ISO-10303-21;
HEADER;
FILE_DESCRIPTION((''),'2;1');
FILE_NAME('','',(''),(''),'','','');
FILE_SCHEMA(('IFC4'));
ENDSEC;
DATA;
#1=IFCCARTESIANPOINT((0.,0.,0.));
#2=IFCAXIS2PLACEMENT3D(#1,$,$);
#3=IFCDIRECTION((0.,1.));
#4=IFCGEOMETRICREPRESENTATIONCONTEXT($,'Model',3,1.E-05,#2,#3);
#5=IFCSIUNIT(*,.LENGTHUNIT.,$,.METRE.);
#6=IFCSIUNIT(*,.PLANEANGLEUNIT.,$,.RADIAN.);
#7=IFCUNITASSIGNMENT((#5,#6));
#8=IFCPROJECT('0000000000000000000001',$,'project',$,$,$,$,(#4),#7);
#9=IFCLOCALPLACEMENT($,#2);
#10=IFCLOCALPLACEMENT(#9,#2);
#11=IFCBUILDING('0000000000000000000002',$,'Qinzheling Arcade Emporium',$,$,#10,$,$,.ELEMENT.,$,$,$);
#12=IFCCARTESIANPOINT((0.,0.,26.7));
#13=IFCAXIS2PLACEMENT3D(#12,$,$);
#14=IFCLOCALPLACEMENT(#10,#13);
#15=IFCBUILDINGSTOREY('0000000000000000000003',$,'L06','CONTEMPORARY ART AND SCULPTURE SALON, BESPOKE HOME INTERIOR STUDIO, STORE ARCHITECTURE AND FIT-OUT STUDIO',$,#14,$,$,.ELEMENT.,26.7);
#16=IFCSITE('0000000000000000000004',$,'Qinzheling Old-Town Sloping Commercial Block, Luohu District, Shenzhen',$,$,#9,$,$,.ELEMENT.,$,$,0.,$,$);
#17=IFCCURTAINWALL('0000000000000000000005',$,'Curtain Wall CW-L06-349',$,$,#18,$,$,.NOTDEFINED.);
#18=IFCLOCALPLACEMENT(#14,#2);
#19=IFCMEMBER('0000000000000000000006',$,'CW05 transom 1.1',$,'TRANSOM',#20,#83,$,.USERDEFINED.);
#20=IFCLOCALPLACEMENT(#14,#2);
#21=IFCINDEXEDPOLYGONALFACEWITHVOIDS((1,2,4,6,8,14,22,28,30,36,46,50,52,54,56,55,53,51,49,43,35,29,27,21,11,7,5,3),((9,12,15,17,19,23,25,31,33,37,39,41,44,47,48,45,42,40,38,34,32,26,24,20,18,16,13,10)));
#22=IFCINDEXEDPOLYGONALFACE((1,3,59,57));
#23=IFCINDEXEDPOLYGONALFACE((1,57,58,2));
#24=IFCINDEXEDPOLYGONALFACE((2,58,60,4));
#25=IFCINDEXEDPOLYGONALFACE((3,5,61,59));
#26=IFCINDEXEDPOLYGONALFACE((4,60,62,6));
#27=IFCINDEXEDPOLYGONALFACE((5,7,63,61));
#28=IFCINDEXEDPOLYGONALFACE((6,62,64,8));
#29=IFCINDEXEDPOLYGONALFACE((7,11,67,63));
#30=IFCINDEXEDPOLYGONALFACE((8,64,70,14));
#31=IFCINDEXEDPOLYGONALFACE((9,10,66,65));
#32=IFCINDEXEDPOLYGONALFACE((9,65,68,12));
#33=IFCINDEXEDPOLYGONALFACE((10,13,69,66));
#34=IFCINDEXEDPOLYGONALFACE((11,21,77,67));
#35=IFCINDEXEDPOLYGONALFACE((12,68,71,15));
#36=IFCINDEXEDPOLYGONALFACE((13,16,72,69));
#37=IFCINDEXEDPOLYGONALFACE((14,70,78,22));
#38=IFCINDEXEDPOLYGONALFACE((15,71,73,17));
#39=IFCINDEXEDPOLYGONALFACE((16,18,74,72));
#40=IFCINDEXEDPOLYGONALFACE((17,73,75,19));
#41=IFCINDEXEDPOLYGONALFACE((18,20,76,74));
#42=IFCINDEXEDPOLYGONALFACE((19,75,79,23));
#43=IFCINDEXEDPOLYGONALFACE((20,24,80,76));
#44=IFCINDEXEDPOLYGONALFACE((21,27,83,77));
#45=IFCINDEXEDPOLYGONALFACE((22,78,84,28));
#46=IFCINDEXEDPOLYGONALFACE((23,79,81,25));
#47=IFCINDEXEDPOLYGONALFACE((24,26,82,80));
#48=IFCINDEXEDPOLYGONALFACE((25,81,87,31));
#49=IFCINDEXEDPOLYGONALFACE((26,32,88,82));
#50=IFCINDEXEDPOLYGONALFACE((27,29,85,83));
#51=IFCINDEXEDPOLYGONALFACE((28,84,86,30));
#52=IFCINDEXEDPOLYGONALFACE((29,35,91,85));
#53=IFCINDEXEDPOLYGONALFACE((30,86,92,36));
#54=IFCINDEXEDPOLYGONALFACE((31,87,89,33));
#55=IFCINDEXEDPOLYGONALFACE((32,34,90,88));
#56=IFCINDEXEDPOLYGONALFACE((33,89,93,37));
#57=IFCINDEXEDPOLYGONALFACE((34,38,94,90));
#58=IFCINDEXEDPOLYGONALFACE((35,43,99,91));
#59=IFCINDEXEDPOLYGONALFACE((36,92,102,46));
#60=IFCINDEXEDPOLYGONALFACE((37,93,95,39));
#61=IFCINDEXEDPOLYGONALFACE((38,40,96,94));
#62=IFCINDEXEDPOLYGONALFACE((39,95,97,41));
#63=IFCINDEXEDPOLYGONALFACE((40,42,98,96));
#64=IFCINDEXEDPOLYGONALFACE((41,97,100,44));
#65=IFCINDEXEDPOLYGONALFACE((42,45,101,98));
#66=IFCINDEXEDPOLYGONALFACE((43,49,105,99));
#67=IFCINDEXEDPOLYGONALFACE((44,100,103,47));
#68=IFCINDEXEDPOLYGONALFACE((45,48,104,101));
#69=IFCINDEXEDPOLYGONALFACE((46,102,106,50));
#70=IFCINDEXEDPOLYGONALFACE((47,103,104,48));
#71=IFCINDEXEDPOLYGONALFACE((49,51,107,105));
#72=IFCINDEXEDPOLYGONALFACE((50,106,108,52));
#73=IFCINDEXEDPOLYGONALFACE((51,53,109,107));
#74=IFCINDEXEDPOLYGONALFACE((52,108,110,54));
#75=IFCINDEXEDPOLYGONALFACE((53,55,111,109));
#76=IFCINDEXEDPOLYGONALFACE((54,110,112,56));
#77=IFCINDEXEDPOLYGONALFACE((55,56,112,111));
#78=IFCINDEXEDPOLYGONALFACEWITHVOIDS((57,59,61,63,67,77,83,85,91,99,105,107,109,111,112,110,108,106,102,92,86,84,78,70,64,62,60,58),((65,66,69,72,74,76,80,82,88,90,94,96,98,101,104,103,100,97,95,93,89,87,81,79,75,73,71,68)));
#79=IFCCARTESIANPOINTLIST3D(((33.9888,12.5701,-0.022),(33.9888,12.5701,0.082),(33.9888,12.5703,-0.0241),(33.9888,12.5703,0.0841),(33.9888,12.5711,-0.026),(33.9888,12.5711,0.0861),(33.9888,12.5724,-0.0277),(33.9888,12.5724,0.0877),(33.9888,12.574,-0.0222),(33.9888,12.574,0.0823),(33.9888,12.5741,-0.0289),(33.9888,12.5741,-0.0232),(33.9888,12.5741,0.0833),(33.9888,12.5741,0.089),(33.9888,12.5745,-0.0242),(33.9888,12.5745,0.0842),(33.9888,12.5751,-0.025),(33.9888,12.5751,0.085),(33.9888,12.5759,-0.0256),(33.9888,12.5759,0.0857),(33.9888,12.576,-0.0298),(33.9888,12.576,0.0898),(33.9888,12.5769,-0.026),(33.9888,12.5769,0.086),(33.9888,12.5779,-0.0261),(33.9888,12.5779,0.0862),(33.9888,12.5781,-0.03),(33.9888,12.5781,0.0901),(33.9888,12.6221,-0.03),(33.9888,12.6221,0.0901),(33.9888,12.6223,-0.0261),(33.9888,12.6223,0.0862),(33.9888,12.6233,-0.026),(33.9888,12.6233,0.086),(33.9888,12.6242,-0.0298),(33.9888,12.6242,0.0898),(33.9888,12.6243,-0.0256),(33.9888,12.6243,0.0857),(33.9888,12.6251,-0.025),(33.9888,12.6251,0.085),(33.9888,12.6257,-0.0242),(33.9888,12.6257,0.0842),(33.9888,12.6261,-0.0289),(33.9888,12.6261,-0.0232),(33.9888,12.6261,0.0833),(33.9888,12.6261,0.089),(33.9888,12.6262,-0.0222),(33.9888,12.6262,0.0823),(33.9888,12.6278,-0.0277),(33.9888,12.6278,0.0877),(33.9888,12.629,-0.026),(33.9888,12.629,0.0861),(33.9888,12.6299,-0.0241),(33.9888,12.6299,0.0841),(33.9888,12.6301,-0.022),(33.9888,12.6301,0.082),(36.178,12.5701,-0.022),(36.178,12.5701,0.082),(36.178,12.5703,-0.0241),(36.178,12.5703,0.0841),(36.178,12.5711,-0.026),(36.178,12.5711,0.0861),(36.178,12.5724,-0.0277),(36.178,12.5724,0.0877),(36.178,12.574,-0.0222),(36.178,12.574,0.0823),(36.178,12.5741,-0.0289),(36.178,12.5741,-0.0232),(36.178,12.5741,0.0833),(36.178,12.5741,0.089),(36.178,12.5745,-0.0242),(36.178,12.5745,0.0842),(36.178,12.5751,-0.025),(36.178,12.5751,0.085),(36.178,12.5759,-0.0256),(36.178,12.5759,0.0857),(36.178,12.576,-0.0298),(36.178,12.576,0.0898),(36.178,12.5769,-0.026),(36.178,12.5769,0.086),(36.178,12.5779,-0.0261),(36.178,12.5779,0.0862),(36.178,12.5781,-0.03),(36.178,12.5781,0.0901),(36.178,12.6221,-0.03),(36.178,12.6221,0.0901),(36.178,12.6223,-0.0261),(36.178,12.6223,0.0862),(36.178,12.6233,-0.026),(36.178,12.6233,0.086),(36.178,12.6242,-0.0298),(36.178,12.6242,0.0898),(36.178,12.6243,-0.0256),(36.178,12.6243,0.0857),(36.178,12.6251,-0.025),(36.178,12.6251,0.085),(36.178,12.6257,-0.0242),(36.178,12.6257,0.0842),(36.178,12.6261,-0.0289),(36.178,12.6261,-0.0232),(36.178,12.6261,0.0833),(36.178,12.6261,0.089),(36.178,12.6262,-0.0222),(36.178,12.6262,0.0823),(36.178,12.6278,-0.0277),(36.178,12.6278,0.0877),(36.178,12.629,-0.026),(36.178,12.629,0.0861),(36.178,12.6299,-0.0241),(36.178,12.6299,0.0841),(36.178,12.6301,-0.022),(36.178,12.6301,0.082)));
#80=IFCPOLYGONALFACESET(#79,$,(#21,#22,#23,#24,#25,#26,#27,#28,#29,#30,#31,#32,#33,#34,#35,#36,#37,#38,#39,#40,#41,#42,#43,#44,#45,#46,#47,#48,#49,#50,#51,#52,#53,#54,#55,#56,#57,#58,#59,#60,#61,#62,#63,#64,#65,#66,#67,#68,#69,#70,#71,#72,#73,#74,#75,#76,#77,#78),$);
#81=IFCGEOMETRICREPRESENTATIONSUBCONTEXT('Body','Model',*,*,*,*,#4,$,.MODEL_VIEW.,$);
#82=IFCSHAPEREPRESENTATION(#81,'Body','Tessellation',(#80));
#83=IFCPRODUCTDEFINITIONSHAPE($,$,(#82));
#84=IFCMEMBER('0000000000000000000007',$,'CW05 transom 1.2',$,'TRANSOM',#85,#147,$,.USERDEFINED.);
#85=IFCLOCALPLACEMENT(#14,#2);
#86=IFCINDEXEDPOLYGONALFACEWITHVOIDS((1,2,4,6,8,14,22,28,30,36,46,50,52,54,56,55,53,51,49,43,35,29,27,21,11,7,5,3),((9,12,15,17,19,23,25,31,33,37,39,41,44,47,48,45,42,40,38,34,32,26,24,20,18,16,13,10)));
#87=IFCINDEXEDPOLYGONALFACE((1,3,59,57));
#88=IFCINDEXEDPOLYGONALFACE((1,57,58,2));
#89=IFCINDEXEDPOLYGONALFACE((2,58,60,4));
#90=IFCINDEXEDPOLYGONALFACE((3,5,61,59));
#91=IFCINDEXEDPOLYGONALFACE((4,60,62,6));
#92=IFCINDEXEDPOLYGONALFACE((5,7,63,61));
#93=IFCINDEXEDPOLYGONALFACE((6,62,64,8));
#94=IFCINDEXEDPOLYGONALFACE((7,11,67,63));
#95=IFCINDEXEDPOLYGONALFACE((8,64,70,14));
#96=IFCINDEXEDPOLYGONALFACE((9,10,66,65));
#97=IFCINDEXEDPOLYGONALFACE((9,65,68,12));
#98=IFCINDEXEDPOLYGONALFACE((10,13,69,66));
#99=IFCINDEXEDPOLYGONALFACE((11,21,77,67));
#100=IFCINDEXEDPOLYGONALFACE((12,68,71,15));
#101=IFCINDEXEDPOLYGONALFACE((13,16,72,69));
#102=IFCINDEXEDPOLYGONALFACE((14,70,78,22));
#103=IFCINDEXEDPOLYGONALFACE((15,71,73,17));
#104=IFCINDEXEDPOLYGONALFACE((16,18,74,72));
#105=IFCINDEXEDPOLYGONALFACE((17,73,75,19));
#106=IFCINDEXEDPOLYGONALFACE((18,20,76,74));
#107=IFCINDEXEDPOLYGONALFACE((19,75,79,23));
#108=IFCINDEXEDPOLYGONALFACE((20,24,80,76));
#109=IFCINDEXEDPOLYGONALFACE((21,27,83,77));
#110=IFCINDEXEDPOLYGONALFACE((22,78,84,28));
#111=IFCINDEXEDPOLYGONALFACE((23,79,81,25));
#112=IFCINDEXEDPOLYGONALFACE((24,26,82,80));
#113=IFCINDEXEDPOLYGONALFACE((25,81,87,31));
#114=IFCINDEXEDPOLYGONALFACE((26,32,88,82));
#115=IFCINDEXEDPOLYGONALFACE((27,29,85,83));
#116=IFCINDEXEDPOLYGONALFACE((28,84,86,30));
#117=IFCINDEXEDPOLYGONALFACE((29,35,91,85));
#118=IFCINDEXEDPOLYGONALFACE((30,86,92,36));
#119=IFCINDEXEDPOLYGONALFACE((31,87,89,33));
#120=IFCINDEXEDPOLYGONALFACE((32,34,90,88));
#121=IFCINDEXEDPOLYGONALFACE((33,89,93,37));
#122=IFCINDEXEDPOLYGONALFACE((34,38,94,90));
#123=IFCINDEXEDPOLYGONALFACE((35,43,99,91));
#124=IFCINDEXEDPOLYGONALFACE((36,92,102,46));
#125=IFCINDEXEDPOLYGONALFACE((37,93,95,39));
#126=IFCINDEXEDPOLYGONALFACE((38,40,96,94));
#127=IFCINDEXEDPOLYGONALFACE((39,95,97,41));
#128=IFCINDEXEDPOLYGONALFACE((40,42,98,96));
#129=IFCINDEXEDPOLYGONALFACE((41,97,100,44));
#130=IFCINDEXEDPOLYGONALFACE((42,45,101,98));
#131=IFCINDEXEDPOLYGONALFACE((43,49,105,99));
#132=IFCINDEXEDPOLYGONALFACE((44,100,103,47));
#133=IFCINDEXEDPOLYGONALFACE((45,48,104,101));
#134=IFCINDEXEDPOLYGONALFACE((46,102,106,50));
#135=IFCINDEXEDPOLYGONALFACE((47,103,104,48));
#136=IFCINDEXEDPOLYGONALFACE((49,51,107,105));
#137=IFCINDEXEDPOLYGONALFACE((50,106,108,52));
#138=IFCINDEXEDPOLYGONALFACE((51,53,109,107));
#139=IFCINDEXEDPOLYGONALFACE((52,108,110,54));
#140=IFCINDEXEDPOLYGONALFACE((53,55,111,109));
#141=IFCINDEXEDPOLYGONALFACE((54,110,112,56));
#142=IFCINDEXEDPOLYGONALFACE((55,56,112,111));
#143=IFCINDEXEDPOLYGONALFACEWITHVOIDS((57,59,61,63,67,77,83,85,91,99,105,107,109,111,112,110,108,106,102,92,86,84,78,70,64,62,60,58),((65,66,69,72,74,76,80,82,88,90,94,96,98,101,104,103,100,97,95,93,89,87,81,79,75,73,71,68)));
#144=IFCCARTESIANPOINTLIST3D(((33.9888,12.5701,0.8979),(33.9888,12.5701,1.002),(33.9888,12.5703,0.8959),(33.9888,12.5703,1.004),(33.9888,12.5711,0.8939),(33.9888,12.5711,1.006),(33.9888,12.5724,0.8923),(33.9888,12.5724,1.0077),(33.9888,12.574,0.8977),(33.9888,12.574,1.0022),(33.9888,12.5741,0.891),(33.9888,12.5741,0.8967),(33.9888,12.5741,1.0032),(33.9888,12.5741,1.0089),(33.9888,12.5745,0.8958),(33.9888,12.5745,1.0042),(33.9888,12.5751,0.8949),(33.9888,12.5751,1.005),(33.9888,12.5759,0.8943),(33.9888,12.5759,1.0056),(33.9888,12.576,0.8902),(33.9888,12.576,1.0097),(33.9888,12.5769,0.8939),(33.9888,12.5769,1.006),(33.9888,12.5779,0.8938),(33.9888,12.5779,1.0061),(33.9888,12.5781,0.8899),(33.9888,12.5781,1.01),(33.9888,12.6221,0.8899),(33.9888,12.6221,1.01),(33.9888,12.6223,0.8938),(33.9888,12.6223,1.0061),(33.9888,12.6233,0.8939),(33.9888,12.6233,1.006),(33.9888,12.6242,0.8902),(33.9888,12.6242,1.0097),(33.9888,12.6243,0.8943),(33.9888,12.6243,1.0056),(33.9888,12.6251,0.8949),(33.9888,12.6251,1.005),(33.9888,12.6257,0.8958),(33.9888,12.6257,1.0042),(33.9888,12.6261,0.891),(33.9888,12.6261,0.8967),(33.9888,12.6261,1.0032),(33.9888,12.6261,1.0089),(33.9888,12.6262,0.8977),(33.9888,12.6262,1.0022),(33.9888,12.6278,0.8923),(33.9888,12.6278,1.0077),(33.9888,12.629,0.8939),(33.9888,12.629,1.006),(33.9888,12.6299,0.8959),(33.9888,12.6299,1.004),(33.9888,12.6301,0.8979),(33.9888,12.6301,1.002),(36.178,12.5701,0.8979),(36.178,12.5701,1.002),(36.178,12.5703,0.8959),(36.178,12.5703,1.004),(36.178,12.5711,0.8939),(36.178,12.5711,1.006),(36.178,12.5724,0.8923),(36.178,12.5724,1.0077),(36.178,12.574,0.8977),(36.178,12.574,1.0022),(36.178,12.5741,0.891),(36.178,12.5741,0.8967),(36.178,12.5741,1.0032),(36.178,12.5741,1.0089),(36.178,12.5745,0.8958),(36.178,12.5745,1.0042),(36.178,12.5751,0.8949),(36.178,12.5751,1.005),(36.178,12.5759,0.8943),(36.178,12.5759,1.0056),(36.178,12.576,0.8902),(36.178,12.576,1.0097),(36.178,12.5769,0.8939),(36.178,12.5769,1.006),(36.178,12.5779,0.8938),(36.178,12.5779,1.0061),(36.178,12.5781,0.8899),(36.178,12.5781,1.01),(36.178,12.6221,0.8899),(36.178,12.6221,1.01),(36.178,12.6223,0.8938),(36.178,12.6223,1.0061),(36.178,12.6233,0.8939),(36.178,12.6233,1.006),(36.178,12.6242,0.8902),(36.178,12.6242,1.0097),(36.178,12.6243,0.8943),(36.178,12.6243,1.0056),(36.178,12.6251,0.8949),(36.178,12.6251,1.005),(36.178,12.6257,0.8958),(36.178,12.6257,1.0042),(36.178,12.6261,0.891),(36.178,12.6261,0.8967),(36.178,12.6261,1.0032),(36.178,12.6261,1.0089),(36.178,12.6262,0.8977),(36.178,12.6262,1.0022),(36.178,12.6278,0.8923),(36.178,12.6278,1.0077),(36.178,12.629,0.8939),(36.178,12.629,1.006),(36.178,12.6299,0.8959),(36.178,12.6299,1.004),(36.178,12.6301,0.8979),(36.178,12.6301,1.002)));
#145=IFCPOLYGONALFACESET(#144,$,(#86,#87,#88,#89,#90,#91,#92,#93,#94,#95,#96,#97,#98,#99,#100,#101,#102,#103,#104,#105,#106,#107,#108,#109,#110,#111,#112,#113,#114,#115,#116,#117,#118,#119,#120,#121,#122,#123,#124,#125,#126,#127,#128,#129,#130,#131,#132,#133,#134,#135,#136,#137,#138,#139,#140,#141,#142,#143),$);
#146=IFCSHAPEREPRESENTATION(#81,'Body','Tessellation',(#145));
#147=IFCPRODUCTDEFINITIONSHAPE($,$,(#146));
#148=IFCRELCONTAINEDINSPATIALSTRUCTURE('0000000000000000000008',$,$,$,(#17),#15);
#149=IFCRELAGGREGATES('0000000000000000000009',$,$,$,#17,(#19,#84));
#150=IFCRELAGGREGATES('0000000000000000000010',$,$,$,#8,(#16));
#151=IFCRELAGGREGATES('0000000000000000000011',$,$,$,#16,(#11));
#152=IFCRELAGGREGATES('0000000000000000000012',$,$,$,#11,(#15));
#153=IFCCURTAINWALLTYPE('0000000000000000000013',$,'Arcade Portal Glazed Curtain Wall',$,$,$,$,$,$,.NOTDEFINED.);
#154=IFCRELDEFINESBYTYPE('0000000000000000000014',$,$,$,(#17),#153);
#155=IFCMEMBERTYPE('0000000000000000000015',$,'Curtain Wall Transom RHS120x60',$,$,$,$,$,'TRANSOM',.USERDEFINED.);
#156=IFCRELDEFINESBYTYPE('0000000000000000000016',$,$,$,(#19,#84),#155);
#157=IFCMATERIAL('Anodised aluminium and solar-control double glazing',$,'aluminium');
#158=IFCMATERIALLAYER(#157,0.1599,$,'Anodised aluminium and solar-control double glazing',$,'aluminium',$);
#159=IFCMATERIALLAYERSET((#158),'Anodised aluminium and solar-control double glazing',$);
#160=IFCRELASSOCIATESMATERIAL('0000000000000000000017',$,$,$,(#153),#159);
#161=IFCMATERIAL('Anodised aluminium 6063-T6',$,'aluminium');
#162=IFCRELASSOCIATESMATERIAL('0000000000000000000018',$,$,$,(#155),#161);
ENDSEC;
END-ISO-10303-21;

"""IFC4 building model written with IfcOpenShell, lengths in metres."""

from ifc_helpers import new_model, si_unit, direction, frame, origin, origin_2d, place, context, subcontext, project, spatial, hollow_rectangle, extrude, material, layer, layer_set, material_profile, profile_set, type_object, element, aggregate, save


model = new_model("IFC4")

# Units and contexts
model_context = context("Model", 3, precision=1e-05, world=origin(), true_north=direction((0.0, 1.0)))
body_context = subcontext(model_context, "Body", "Model", "MODEL_VIEW")
ifc_project = project(units=[si_unit("LENGTHUNIT", "METRE"), si_unit("PLANEANGLEUNIT", "RADIAN")], contexts=[model_context])

# Site, building, storey
site_placement = place(None, origin())
site = spatial("IfcSite", under=ifc_project, at=site_placement, Name="Qinzheling Old-Town Sloping Commercial Block, Luohu District, Shenzhen", CompositionType="ELEMENT", RefElevation=0.0)
building_placement = place(site_placement, origin())
building = spatial("IfcBuilding", under=site, at=building_placement, Name="Qinzheling Arcade Emporium", CompositionType="ELEMENT")
storey_placement = place(building_placement, frame((0.0, 0.0, 26.7)))
storey = spatial("IfcBuildingStorey", under=building, at=storey_placement, Name="L06", Description="CONTEMPORARY ART AND SCULPTURE SALON, BESPOKE HOME INTERIOR STUDIO, STORE ARCHITECTURE AND FIT-OUT STUDIO", CompositionType="ELEMENT", Elevation=26.7)

# Curtain wall
ifc_material_1 = material(Name="Anodised aluminium and solar-control double glazing", Category="aluminium")
ifc_layer_1 = layer(ifc_material_1, 0.1599, Name="Anodised aluminium and solar-control double glazing", Category="aluminium")
ifc_layer_set_1 = layer_set([ifc_layer_1], Name="Anodised aluminium and solar-control double glazing")
curtain_wall_type = type_object("IfcCurtainWallType", Name="Arcade Portal Glazed Curtain Wall", PredefinedType="NOTDEFINED", material=ifc_layer_set_1)
ifc_material_2 = material(Name="Anodised aluminium 6063-T6", Category="aluminium")
curtain_wall_1_placement = place(storey_placement, origin())
curtain_wall_1 = element("IfcCurtainWall", 1, at=curtain_wall_1_placement, inside=storey, type_object=curtain_wall_type, Name="Curtain Wall CW-L06-349", PredefinedType="NOTDEFINED")

# Members
ifc_material_profile_1 = material_profile(ifc_material_2, hollow_rectangle(XDim=0.0601, YDim=0.1201, WallThickness=0.0039, InnerFilletRadius=0.0039, OuterFilletRadius=0.0081, at=origin_2d()), Name="RHS 120x60x4", Category="aluminium")
ifc_profile_set_1 = profile_set([ifc_material_profile_1], Name="Anodised aluminium 6063-T6")
member_type_1 = type_object("IfcMemberType", Name="Curtain Wall Transom RHS120x60", ElementType="TRANSOM", PredefinedType="USERDEFINED", material=ifc_profile_set_1)
member_1_placement = place(storey_placement, frame((36.178, 12.6001, 0.03), z_axis=(-1.0, 0.0, 0.0), x_axis=(0.0, -1.0, 0.0)))
member_1 = element("IfcMember", 2, at=member_1_placement, type_object=member_type_1, Name="CW05 transom 1.1", ObjectType="TRANSOM", PredefinedType="USERDEFINED", context=body_context, shape_type="SweptSolid", body=[
    extrude(hollow_rectangle(XDim=0.0601, YDim=0.1201, WallThickness=0.0039, InnerFilletRadius=0.0039, OuterFilletRadius=0.0081, at=origin_2d()), origin(), (0.0, 0.0, 1.0), 2.1892),
])
member_2_placement = place(storey_placement, frame((36.178, 12.6001, 0.95), z_axis=(-1.0, 0.0, 0.0), x_axis=(0.0, -1.0, 0.0)))
member_2 = element("IfcMember", 3, at=member_2_placement, type_object=member_type_1, Name="CW05 transom 1.2", ObjectType="TRANSOM", PredefinedType="USERDEFINED", context=body_context, shape_type="SweptSolid", body=[
    extrude(hollow_rectangle(XDim=0.0601, YDim=0.1201, WallThickness=0.0039, InnerFilletRadius=0.0039, OuterFilletRadius=0.0081, at=origin_2d()), origin(), (0.0, 0.0, 1.0), 2.1892),
])

aggregate(curtain_wall_1, [member_1, member_2])

save(model, "model.ifc")
